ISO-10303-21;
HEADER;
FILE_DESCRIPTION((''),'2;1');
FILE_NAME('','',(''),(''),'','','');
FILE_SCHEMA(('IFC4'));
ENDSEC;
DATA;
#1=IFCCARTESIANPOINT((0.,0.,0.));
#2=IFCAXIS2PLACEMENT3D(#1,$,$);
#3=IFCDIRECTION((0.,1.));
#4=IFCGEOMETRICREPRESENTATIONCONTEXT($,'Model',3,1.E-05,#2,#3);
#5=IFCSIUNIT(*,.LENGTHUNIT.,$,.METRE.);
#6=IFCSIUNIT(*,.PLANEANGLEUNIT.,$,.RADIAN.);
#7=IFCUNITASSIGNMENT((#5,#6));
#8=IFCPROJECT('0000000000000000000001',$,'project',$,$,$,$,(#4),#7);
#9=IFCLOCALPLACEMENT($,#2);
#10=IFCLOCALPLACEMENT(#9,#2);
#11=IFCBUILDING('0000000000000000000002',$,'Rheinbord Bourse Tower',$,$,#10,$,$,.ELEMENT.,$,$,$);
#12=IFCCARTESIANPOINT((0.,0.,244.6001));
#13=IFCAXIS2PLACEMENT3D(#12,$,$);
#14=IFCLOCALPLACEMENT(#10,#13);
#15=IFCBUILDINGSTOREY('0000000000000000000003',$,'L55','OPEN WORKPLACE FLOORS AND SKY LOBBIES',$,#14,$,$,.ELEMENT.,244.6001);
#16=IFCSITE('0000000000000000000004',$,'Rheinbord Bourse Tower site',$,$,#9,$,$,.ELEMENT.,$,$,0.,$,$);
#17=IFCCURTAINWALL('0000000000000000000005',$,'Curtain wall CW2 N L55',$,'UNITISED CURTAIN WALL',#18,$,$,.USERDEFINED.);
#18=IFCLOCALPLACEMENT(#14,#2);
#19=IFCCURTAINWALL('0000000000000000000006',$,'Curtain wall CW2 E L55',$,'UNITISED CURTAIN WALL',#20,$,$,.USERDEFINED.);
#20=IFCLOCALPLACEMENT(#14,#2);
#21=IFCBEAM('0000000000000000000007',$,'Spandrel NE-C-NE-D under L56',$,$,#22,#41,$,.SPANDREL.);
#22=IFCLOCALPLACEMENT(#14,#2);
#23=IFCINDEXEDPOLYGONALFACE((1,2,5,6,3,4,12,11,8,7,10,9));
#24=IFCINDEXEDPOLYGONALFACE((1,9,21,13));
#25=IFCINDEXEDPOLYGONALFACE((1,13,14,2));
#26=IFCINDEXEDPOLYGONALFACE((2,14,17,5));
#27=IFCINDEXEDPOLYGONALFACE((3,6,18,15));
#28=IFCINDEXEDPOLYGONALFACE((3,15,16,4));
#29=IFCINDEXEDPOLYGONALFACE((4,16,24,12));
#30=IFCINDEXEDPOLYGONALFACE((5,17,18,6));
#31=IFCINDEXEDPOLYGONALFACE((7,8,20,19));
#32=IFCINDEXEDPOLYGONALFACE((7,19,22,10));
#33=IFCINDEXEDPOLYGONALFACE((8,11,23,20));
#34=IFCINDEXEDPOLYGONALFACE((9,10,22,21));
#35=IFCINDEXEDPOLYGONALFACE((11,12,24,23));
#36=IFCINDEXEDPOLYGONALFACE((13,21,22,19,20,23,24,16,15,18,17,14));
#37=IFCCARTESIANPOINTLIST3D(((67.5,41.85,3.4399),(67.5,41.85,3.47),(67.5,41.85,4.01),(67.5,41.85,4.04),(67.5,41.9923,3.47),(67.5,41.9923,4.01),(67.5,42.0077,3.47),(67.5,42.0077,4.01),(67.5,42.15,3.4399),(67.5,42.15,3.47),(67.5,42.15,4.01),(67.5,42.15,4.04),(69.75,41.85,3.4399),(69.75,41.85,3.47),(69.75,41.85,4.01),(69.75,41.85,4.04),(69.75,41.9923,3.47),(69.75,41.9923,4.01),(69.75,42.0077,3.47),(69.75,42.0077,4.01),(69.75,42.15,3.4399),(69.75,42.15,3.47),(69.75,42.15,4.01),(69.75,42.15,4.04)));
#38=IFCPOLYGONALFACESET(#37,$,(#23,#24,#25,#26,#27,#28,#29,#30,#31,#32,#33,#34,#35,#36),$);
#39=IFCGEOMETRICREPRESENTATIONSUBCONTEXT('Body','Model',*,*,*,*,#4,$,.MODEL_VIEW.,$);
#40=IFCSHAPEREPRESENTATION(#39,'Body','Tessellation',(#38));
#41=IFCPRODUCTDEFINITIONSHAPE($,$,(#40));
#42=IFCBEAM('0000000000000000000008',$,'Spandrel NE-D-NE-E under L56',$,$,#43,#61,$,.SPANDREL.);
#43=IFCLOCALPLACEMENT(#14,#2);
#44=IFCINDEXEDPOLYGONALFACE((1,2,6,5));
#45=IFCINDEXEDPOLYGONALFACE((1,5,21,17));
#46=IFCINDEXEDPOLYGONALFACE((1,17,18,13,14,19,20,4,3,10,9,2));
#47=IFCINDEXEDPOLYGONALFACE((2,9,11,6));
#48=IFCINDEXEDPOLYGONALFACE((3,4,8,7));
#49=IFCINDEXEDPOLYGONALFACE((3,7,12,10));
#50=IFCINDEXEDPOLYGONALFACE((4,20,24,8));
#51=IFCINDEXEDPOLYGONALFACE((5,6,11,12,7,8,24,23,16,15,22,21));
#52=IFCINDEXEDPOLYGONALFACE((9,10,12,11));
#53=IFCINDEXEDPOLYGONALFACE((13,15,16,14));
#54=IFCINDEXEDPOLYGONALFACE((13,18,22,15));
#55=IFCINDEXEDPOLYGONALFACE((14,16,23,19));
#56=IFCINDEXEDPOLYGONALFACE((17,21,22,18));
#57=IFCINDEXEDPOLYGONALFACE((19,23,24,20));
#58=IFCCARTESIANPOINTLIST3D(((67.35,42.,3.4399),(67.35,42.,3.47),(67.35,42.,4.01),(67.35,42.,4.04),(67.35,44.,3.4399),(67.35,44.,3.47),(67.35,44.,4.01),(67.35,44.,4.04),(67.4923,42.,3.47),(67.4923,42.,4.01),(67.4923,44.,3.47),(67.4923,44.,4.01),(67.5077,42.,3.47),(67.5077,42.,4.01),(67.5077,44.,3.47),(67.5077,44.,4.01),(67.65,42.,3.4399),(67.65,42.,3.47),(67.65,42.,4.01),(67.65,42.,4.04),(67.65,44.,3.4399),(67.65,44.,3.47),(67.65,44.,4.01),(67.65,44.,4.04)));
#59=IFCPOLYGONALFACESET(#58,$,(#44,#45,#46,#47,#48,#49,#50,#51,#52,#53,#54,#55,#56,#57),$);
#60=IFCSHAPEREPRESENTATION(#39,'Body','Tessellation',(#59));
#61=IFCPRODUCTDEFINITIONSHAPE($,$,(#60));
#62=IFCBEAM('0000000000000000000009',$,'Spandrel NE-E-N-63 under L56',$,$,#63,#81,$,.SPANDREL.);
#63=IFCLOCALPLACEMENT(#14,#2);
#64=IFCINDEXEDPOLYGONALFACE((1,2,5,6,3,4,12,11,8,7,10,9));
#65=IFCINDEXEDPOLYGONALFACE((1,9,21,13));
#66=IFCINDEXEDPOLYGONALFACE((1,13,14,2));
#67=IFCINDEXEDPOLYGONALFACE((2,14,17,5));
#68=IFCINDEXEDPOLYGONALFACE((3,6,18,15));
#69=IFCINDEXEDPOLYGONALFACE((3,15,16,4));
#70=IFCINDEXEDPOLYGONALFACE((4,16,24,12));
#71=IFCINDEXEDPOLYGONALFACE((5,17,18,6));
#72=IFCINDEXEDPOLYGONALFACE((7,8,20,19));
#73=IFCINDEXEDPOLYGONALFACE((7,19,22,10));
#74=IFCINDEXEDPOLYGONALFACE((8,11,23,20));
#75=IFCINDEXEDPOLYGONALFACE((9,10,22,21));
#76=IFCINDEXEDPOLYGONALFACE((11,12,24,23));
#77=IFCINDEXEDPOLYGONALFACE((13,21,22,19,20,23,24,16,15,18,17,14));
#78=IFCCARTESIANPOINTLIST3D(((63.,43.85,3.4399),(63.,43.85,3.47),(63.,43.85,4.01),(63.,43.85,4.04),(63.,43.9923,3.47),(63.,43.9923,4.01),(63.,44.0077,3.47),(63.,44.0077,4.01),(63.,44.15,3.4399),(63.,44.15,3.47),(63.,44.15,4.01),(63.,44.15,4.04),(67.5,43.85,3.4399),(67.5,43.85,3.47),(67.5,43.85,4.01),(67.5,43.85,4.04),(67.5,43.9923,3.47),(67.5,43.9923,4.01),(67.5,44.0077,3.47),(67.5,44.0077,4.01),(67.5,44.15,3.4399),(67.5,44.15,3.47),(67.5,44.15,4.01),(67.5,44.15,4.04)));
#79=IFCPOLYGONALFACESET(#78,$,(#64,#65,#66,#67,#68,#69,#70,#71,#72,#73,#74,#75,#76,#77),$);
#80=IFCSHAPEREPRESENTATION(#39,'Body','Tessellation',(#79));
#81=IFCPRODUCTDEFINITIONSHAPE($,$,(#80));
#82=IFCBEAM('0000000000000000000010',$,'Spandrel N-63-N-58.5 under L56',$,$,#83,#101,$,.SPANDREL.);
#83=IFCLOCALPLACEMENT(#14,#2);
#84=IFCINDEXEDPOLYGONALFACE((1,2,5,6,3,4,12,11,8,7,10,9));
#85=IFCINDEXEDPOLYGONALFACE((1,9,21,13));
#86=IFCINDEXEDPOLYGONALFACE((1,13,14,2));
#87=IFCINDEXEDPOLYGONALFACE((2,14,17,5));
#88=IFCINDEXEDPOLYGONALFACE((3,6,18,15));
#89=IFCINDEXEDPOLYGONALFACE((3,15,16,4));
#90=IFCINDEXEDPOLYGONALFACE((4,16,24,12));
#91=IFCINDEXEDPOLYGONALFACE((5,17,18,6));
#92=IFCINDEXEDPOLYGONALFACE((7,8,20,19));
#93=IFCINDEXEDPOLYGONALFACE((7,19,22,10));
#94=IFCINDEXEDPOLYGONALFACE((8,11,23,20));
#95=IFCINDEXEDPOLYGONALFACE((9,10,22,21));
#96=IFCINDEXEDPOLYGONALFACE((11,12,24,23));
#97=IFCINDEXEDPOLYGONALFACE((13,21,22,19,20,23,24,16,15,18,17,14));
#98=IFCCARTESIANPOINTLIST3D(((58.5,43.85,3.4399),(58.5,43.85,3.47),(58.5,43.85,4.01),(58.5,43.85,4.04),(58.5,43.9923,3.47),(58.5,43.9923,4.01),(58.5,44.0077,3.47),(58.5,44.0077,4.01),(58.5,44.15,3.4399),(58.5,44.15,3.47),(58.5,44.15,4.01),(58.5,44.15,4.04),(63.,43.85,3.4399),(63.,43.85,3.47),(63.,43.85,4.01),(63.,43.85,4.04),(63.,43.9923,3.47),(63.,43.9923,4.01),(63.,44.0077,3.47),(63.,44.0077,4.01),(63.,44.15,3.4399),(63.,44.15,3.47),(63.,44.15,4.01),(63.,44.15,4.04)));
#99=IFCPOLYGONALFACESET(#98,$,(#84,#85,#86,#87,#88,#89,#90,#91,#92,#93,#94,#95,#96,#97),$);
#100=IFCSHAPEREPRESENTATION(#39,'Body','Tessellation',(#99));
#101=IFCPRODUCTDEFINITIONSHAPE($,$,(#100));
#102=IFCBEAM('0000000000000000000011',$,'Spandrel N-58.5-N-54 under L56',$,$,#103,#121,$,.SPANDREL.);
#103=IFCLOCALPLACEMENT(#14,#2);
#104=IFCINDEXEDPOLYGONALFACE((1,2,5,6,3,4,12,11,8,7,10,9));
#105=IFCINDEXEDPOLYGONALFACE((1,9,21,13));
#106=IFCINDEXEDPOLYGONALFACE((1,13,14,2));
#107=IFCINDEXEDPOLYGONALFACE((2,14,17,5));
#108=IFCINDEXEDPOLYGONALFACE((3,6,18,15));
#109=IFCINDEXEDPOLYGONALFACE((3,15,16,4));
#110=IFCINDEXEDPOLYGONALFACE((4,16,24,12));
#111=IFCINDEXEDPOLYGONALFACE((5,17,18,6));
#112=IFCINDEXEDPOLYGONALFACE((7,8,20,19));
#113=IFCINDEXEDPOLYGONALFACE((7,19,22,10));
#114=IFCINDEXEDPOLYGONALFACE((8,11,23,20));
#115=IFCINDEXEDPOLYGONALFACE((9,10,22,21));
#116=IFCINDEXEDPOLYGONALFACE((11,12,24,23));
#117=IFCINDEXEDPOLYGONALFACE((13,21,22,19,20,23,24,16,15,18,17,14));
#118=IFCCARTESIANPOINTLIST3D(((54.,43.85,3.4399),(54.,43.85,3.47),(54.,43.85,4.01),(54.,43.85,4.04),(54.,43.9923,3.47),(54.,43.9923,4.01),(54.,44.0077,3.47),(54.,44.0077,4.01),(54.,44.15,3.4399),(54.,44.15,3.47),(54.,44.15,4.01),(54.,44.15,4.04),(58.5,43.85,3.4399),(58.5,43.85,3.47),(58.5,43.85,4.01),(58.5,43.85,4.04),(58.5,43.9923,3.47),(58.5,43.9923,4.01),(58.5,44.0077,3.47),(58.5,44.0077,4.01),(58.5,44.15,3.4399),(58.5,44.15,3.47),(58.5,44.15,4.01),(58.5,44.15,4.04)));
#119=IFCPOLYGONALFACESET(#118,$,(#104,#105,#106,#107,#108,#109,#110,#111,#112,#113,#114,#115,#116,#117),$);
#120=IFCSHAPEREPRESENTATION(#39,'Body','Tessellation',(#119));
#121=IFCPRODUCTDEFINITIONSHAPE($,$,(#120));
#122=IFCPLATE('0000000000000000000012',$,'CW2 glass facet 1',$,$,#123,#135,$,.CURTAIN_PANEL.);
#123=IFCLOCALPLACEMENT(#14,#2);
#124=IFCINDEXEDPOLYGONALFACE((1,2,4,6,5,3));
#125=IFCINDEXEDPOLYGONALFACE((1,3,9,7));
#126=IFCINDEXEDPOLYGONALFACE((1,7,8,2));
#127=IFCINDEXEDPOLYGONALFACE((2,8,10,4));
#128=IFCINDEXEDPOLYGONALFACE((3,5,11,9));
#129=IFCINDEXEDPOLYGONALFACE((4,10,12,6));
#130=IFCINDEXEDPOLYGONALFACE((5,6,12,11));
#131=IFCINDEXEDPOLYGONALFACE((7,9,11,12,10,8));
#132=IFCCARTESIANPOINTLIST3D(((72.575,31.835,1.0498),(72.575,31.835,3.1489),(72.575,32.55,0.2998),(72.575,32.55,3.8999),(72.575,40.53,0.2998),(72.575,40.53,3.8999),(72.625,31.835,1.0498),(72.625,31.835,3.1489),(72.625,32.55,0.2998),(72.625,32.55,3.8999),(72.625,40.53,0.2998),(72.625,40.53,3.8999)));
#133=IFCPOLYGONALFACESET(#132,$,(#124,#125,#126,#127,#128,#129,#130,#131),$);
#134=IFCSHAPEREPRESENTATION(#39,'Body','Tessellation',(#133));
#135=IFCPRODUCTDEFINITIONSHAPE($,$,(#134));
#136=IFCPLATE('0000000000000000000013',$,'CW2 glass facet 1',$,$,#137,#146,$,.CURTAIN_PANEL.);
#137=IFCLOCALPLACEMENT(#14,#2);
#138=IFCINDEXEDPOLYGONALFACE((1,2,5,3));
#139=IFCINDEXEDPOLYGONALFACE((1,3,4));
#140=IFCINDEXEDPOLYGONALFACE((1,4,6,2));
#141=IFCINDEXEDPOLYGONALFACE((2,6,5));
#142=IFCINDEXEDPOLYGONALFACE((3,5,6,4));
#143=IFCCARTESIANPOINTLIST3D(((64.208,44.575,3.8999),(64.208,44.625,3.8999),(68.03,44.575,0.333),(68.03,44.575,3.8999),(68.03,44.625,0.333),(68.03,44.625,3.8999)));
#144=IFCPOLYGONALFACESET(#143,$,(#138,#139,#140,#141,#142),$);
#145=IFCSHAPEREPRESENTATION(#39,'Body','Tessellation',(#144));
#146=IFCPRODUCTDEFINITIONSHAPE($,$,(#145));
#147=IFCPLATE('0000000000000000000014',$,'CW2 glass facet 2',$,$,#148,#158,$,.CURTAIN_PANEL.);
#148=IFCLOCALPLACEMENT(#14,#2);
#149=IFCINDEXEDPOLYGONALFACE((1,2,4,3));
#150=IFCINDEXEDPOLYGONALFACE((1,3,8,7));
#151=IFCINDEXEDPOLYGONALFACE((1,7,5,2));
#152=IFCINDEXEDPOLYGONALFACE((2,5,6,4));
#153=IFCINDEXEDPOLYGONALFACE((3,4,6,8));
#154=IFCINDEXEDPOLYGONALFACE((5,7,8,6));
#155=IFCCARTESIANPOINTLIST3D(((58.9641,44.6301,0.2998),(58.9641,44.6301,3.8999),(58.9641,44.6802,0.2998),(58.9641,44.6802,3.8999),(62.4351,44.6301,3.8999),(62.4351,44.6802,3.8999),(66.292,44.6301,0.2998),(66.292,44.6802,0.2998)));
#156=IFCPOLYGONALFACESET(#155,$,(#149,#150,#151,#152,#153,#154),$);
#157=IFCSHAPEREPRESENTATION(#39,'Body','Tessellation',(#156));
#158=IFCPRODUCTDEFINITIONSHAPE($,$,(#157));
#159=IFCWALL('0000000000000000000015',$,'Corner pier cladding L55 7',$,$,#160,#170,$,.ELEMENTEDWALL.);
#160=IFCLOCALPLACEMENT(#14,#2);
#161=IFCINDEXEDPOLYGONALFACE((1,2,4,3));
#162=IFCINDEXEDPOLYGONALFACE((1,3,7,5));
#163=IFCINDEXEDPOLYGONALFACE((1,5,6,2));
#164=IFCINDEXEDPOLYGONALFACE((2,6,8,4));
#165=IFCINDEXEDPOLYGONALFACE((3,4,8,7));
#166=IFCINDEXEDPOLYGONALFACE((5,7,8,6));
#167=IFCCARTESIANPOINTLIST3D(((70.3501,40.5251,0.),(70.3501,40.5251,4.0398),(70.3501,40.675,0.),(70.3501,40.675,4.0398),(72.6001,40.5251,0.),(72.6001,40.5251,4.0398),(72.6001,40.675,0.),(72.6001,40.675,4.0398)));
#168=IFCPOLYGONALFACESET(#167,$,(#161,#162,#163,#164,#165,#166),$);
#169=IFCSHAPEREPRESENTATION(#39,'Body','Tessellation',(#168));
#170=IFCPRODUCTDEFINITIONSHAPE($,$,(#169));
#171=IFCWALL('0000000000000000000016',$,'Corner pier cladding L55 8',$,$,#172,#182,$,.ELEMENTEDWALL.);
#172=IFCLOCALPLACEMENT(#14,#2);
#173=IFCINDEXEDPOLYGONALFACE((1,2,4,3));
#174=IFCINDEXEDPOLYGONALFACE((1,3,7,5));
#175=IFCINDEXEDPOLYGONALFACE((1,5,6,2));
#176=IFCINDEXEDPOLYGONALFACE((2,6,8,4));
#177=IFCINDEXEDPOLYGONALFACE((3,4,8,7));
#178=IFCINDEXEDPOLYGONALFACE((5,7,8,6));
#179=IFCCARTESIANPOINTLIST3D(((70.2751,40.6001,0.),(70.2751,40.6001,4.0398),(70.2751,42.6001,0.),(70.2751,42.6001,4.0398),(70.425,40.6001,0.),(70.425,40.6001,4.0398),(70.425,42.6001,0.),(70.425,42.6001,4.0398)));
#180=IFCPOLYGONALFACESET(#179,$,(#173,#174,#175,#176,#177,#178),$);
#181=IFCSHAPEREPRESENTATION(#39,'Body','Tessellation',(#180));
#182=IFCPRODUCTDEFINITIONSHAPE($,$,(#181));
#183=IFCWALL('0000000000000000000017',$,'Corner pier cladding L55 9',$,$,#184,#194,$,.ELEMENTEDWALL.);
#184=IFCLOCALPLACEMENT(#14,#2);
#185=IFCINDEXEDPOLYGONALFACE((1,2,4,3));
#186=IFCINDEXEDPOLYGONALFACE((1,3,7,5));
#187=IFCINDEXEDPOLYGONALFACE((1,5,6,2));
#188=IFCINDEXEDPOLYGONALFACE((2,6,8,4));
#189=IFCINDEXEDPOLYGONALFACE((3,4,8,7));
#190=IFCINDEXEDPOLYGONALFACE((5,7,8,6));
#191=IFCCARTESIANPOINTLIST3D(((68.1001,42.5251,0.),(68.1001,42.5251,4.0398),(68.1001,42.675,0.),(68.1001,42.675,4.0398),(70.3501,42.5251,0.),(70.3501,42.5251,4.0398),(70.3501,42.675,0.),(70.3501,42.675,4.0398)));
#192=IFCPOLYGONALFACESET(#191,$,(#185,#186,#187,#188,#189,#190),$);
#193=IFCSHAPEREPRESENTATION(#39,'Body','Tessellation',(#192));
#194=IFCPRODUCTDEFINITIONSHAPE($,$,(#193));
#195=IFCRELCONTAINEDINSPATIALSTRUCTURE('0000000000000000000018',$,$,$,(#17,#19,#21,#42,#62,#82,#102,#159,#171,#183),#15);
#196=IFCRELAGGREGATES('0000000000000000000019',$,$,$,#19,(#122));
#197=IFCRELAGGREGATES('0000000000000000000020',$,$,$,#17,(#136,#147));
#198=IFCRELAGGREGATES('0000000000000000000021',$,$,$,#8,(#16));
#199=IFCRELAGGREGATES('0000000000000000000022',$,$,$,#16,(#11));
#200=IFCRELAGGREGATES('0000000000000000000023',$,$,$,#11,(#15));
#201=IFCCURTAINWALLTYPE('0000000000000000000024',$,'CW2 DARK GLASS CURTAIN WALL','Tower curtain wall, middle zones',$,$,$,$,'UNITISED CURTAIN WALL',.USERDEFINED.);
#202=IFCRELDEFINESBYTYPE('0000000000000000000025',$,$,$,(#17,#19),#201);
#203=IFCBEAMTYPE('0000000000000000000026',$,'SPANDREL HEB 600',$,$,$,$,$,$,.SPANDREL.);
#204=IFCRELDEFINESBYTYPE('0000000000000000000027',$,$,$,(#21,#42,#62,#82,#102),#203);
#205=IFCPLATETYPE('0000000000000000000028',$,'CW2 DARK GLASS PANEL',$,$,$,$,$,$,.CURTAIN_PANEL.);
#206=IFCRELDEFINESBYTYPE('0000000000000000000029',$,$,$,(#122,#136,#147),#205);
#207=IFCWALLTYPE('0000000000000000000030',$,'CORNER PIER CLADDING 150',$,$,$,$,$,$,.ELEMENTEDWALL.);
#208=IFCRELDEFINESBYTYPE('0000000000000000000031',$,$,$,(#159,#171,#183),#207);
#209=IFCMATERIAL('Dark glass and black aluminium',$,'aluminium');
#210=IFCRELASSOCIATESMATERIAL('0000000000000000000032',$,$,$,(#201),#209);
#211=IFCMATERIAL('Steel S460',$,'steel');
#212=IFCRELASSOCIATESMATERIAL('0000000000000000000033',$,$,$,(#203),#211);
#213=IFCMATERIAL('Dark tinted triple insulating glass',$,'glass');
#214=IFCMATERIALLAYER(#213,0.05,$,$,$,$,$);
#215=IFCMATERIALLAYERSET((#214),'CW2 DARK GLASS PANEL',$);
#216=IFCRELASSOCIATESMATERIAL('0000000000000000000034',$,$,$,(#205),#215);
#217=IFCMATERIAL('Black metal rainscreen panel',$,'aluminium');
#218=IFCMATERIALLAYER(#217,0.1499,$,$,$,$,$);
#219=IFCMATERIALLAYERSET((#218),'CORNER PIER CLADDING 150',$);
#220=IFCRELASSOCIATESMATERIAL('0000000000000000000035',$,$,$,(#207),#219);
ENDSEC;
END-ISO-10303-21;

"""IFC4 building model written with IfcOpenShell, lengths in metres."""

from ifc_helpers import new_model, si_unit, direction, frame, frame_2d, origin, origin_2d, place, context, subcontext, project, spatial, polyline, rectangle, i_section, outline, extrude, material, layer, layer_set, material_profile, profile_set, type_object, element, aggregate, save


model = new_model("IFC4")

# Units and contexts
model_context = context("Model", 3, precision=1e-05, world=origin(), true_north=direction((0.0, 1.0)))
body_context = subcontext(model_context, "Body", "Model", "MODEL_VIEW")
ifc_project = project(units=[si_unit("LENGTHUNIT", "METRE"), si_unit("PLANEANGLEUNIT", "RADIAN")], contexts=[model_context])

# Site, building, storey
site_placement = place(None, origin())
site = spatial("IfcSite", under=ifc_project, at=site_placement, Name="Rheinbord Bourse Tower site", CompositionType="ELEMENT", RefElevation=0.0)
building_placement = place(site_placement, origin())
building = spatial("IfcBuilding", under=site, at=building_placement, Name="Rheinbord Bourse Tower", CompositionType="ELEMENT")
storey_placement = place(building_placement, frame((0.0, 0.0, 244.6001)))
storey = spatial("IfcBuildingStorey", under=building, at=storey_placement, Name="L55", Description="OPEN WORKPLACE FLOORS AND SKY LOBBIES", CompositionType="ELEMENT", Elevation=244.6001)

# Curtain walls
ifc_material_1 = material(Name="Dark glass and black aluminium", Category="aluminium")
curtain_wall_type = type_object("IfcCurtainWallType", Name="CW2 DARK GLASS CURTAIN WALL", Description="Tower curtain wall, middle zones", ElementType="UNITISED CURTAIN WALL", PredefinedType="USERDEFINED", material=ifc_material_1)
curtain_wall_1_placement = place(storey_placement, origin())
curtain_wall_1 = element("IfcCurtainWall", 1, at=curtain_wall_1_placement, inside=storey, type_object=curtain_wall_type, Name="Curtain wall CW2 N L55", ObjectType="UNITISED CURTAIN WALL", PredefinedType="USERDEFINED")
curtain_wall_2_placement = place(storey_placement, origin())
curtain_wall_2 = element("IfcCurtainWall", 2, at=curtain_wall_2_placement, inside=storey, type_object=curtain_wall_type, Name="Curtain wall CW2 E L55", ObjectType="UNITISED CURTAIN WALL", PredefinedType="USERDEFINED")

# Beams
ifc_material_2 = material(Name="Steel S460", Category="steel")
ifc_material_profile_1 = material_profile(ifc_material_2, i_section(OverallWidth=0.3, OverallDepth=0.6001, WebThickness=0.0154, FlangeThickness=0.03, at=origin_2d()), Name="HEB 600")
ifc_profile_set_1 = profile_set([ifc_material_profile_1], Name="Steel S460")
beam_type_1 = type_object("IfcBeamType", Name="SPANDREL HEB 600", PredefinedType="SPANDREL", material=ifc_profile_set_1)
for number, where, z_axis, x_axis, name in (
    (3, (69.75, 42.0, 3.74), (-1.0, 0.0, 0.0), (0.0, -1.0, 0.0), "Spandrel NE-C-NE-D under L56"),
):
    element("IfcBeam", number, at=place(storey_placement, frame(where, z_axis=z_axis, x_axis=x_axis)), inside=storey, type_object=beam_type_1, Name=name, PredefinedType="SPANDREL", context=body_context, shape_type="SweptSolid", body=[
        extrude(i_section(OverallWidth=0.3, OverallDepth=0.6001, WebThickness=0.0154, FlangeThickness=0.03, at=origin_2d()), origin(), (0.0, 0.0, 1.0), 2.25),
    ])
beam_placement = place(storey_placement, frame((67.5, 42.0, 3.74), z_axis=(0.0, 1.0, 0.0), x_axis=(-1.0, 0.0, 0.0)))
element("IfcBeam", 4, at=beam_placement, inside=storey, type_object=beam_type_1, Name="Spandrel NE-D-NE-E under L56", PredefinedType="SPANDREL", context=body_context, shape_type="SweptSolid", body=[
    extrude(i_section(OverallWidth=0.3, OverallDepth=0.6001, WebThickness=0.0154, FlangeThickness=0.03, at=origin_2d()), origin(), (0.0, 0.0, 1.0), 2.0),
])
for number, where, z_axis, x_axis, name in (
    (5, (67.5, 44.0, 3.74), (-1.0, 0.0, 0.0), (0.0, -1.0, 0.0), "Spandrel NE-E-N-63 under L56"),
    (6, (63.0, 44.0, 3.74), (-1.0, 0.0, 0.0), (0.0, -1.0, 0.0), "Spandrel N-63-N-58.5 under L56"),
    (7, (58.5, 44.0, 3.74), (-1.0, 0.0, 0.0), (0.0, -1.0, 0.0), "Spandrel N-58.5-N-54 under L56"),
):
    element("IfcBeam", number, at=place(storey_placement, frame(where, z_axis=z_axis, x_axis=x_axis)), inside=storey, type_object=beam_type_1, Name=name, PredefinedType="SPANDREL", context=body_context, shape_type="SweptSolid", body=[
        extrude(i_section(OverallWidth=0.3, OverallDepth=0.6001, WebThickness=0.0154, FlangeThickness=0.03, at=origin_2d()), origin(), (0.0, 0.0, 1.0), 4.5),
    ])

# Plates
ifc_material_3 = material(Name="Dark tinted triple insulating glass", Category="glass")
ifc_layer_1 = layer(ifc_material_3, 0.05)
ifc_layer_set_1 = layer_set([ifc_layer_1], Name="CW2 DARK GLASS PANEL")
plate_type = type_object("IfcPlateType", Name="CW2 DARK GLASS PANEL", PredefinedType="CURTAIN_PANEL", material=ifc_layer_set_1)
plate_1_placement = place(storey_placement, frame((72.625, 40.53, 3.8999), z_axis=(-1.0, 0.0, 0.0), x_axis=(0.0, 0.0, -1.0)))
plate_1 = element("IfcPlate", 8, at=plate_1_placement, type_object=plate_type, Name="CW2 glass facet 1", PredefinedType="CURTAIN_PANEL", context=body_context, shape_type="SweptSolid", body=[
    extrude(outline(polyline([(0.0, 0.0), (3.6001, 0.0), (3.6001, 7.98), (2.8501, 8.6951), (0.751, 8.6951), (0.0, 7.98), (0.0, 0.0)])), origin(), (0.0, 0.0, 1.0), 0.05),
])
aggregate(curtain_wall_2, [plate_1])
plate_2_placement = place(storey_placement, frame((68.03, 44.625, 3.8999), z_axis=(0.0, -1.0, 0.0), x_axis=(-1.0, 0.0, 0.0)))
plate_2 = element("IfcPlate", 9, at=plate_2_placement, type_object=plate_type, Name="CW2 glass facet 1", PredefinedType="CURTAIN_PANEL", context=body_context, shape_type="SweptSolid", body=[
    extrude(outline(polyline([(0.0, 0.0), (3.822, 0.0), (0.0, 3.5669), (0.0, 0.0)])), origin(), (0.0, 0.0, 1.0), 0.05),
])
plate_3_placement = place(storey_placement, frame((58.9641, 44.6802, 3.8999), z_axis=(0.0, -1.0, 0.0), x_axis=(0.0, 0.0, -1.0)))
plate_3 = element("IfcPlate", 10, at=plate_3_placement, type_object=plate_type, Name="CW2 glass facet 2", PredefinedType="CURTAIN_PANEL", context=body_context, shape_type="SweptSolid", body=[
    extrude(outline(polyline([(0.0, 0.0), (3.6001, 0.0), (3.6001, 7.3279), (0.0, 3.4709), (0.0, 0.0)])), origin(), (0.0, 0.0, 1.0), 0.05),
])
aggregate(curtain_wall_1, [plate_2, plate_3])

# Walls
ifc_material_4 = material(Name="Black metal rainscreen panel", Category="aluminium")
ifc_layer_2 = layer(ifc_material_4, 0.1499)
ifc_layer_set_2 = layer_set([ifc_layer_2], Name="CORNER PIER CLADDING 150")
wall_type = type_object("IfcWallType", Name="CORNER PIER CLADDING 150", PredefinedType="ELEMENTEDWALL", material=ifc_layer_set_2)
wall_1_placement = place(storey_placement, frame((72.6001, 40.6001, 0.0), z_axis=(0.0, 0.0, 1.0), x_axis=(-1.0, 0.0, 0.0)))
element("IfcWall", 11, at=wall_1_placement, inside=storey, type_object=wall_type, Name="Corner pier cladding L55 7", PredefinedType="ELEMENTEDWALL", context=body_context, shape_type="SweptSolid", body=[
    extrude(rectangle(XDim=2.25, YDim=0.1499, at=frame_2d((1.125, 0.0))), origin(), (0.0, 0.0, 1.0), 4.0398),
])
wall_2_placement = place(storey_placement, frame((70.3501, 40.6001, 0.0), z_axis=(0.0, 0.0, 1.0), x_axis=(0.0, 1.0, 0.0)))
element("IfcWall", 12, at=wall_2_placement, inside=storey, type_object=wall_type, Name="Corner pier cladding L55 8", PredefinedType="ELEMENTEDWALL", context=body_context, shape_type="SweptSolid", body=[
    extrude(rectangle(XDim=2.0, YDim=0.1499, at=frame_2d((1.0, 0.0))), origin(), (0.0, 0.0, 1.0), 4.0398),
])
wall_3_placement = place(storey_placement, frame((70.3501, 42.6001, 0.0), z_axis=(0.0, 0.0, 1.0), x_axis=(-1.0, 0.0, 0.0)))
element("IfcWall", 13, at=wall_3_placement, inside=storey, type_object=wall_type, Name="Corner pier cladding L55 9", PredefinedType="ELEMENTEDWALL", context=body_context, shape_type="SweptSolid", body=[
    extrude(rectangle(XDim=2.25, YDim=0.1499, at=frame_2d((1.125, 0.0))), origin(), (0.0, 0.0, 1.0), 4.0398),
])

save(model, "model.ifc")
